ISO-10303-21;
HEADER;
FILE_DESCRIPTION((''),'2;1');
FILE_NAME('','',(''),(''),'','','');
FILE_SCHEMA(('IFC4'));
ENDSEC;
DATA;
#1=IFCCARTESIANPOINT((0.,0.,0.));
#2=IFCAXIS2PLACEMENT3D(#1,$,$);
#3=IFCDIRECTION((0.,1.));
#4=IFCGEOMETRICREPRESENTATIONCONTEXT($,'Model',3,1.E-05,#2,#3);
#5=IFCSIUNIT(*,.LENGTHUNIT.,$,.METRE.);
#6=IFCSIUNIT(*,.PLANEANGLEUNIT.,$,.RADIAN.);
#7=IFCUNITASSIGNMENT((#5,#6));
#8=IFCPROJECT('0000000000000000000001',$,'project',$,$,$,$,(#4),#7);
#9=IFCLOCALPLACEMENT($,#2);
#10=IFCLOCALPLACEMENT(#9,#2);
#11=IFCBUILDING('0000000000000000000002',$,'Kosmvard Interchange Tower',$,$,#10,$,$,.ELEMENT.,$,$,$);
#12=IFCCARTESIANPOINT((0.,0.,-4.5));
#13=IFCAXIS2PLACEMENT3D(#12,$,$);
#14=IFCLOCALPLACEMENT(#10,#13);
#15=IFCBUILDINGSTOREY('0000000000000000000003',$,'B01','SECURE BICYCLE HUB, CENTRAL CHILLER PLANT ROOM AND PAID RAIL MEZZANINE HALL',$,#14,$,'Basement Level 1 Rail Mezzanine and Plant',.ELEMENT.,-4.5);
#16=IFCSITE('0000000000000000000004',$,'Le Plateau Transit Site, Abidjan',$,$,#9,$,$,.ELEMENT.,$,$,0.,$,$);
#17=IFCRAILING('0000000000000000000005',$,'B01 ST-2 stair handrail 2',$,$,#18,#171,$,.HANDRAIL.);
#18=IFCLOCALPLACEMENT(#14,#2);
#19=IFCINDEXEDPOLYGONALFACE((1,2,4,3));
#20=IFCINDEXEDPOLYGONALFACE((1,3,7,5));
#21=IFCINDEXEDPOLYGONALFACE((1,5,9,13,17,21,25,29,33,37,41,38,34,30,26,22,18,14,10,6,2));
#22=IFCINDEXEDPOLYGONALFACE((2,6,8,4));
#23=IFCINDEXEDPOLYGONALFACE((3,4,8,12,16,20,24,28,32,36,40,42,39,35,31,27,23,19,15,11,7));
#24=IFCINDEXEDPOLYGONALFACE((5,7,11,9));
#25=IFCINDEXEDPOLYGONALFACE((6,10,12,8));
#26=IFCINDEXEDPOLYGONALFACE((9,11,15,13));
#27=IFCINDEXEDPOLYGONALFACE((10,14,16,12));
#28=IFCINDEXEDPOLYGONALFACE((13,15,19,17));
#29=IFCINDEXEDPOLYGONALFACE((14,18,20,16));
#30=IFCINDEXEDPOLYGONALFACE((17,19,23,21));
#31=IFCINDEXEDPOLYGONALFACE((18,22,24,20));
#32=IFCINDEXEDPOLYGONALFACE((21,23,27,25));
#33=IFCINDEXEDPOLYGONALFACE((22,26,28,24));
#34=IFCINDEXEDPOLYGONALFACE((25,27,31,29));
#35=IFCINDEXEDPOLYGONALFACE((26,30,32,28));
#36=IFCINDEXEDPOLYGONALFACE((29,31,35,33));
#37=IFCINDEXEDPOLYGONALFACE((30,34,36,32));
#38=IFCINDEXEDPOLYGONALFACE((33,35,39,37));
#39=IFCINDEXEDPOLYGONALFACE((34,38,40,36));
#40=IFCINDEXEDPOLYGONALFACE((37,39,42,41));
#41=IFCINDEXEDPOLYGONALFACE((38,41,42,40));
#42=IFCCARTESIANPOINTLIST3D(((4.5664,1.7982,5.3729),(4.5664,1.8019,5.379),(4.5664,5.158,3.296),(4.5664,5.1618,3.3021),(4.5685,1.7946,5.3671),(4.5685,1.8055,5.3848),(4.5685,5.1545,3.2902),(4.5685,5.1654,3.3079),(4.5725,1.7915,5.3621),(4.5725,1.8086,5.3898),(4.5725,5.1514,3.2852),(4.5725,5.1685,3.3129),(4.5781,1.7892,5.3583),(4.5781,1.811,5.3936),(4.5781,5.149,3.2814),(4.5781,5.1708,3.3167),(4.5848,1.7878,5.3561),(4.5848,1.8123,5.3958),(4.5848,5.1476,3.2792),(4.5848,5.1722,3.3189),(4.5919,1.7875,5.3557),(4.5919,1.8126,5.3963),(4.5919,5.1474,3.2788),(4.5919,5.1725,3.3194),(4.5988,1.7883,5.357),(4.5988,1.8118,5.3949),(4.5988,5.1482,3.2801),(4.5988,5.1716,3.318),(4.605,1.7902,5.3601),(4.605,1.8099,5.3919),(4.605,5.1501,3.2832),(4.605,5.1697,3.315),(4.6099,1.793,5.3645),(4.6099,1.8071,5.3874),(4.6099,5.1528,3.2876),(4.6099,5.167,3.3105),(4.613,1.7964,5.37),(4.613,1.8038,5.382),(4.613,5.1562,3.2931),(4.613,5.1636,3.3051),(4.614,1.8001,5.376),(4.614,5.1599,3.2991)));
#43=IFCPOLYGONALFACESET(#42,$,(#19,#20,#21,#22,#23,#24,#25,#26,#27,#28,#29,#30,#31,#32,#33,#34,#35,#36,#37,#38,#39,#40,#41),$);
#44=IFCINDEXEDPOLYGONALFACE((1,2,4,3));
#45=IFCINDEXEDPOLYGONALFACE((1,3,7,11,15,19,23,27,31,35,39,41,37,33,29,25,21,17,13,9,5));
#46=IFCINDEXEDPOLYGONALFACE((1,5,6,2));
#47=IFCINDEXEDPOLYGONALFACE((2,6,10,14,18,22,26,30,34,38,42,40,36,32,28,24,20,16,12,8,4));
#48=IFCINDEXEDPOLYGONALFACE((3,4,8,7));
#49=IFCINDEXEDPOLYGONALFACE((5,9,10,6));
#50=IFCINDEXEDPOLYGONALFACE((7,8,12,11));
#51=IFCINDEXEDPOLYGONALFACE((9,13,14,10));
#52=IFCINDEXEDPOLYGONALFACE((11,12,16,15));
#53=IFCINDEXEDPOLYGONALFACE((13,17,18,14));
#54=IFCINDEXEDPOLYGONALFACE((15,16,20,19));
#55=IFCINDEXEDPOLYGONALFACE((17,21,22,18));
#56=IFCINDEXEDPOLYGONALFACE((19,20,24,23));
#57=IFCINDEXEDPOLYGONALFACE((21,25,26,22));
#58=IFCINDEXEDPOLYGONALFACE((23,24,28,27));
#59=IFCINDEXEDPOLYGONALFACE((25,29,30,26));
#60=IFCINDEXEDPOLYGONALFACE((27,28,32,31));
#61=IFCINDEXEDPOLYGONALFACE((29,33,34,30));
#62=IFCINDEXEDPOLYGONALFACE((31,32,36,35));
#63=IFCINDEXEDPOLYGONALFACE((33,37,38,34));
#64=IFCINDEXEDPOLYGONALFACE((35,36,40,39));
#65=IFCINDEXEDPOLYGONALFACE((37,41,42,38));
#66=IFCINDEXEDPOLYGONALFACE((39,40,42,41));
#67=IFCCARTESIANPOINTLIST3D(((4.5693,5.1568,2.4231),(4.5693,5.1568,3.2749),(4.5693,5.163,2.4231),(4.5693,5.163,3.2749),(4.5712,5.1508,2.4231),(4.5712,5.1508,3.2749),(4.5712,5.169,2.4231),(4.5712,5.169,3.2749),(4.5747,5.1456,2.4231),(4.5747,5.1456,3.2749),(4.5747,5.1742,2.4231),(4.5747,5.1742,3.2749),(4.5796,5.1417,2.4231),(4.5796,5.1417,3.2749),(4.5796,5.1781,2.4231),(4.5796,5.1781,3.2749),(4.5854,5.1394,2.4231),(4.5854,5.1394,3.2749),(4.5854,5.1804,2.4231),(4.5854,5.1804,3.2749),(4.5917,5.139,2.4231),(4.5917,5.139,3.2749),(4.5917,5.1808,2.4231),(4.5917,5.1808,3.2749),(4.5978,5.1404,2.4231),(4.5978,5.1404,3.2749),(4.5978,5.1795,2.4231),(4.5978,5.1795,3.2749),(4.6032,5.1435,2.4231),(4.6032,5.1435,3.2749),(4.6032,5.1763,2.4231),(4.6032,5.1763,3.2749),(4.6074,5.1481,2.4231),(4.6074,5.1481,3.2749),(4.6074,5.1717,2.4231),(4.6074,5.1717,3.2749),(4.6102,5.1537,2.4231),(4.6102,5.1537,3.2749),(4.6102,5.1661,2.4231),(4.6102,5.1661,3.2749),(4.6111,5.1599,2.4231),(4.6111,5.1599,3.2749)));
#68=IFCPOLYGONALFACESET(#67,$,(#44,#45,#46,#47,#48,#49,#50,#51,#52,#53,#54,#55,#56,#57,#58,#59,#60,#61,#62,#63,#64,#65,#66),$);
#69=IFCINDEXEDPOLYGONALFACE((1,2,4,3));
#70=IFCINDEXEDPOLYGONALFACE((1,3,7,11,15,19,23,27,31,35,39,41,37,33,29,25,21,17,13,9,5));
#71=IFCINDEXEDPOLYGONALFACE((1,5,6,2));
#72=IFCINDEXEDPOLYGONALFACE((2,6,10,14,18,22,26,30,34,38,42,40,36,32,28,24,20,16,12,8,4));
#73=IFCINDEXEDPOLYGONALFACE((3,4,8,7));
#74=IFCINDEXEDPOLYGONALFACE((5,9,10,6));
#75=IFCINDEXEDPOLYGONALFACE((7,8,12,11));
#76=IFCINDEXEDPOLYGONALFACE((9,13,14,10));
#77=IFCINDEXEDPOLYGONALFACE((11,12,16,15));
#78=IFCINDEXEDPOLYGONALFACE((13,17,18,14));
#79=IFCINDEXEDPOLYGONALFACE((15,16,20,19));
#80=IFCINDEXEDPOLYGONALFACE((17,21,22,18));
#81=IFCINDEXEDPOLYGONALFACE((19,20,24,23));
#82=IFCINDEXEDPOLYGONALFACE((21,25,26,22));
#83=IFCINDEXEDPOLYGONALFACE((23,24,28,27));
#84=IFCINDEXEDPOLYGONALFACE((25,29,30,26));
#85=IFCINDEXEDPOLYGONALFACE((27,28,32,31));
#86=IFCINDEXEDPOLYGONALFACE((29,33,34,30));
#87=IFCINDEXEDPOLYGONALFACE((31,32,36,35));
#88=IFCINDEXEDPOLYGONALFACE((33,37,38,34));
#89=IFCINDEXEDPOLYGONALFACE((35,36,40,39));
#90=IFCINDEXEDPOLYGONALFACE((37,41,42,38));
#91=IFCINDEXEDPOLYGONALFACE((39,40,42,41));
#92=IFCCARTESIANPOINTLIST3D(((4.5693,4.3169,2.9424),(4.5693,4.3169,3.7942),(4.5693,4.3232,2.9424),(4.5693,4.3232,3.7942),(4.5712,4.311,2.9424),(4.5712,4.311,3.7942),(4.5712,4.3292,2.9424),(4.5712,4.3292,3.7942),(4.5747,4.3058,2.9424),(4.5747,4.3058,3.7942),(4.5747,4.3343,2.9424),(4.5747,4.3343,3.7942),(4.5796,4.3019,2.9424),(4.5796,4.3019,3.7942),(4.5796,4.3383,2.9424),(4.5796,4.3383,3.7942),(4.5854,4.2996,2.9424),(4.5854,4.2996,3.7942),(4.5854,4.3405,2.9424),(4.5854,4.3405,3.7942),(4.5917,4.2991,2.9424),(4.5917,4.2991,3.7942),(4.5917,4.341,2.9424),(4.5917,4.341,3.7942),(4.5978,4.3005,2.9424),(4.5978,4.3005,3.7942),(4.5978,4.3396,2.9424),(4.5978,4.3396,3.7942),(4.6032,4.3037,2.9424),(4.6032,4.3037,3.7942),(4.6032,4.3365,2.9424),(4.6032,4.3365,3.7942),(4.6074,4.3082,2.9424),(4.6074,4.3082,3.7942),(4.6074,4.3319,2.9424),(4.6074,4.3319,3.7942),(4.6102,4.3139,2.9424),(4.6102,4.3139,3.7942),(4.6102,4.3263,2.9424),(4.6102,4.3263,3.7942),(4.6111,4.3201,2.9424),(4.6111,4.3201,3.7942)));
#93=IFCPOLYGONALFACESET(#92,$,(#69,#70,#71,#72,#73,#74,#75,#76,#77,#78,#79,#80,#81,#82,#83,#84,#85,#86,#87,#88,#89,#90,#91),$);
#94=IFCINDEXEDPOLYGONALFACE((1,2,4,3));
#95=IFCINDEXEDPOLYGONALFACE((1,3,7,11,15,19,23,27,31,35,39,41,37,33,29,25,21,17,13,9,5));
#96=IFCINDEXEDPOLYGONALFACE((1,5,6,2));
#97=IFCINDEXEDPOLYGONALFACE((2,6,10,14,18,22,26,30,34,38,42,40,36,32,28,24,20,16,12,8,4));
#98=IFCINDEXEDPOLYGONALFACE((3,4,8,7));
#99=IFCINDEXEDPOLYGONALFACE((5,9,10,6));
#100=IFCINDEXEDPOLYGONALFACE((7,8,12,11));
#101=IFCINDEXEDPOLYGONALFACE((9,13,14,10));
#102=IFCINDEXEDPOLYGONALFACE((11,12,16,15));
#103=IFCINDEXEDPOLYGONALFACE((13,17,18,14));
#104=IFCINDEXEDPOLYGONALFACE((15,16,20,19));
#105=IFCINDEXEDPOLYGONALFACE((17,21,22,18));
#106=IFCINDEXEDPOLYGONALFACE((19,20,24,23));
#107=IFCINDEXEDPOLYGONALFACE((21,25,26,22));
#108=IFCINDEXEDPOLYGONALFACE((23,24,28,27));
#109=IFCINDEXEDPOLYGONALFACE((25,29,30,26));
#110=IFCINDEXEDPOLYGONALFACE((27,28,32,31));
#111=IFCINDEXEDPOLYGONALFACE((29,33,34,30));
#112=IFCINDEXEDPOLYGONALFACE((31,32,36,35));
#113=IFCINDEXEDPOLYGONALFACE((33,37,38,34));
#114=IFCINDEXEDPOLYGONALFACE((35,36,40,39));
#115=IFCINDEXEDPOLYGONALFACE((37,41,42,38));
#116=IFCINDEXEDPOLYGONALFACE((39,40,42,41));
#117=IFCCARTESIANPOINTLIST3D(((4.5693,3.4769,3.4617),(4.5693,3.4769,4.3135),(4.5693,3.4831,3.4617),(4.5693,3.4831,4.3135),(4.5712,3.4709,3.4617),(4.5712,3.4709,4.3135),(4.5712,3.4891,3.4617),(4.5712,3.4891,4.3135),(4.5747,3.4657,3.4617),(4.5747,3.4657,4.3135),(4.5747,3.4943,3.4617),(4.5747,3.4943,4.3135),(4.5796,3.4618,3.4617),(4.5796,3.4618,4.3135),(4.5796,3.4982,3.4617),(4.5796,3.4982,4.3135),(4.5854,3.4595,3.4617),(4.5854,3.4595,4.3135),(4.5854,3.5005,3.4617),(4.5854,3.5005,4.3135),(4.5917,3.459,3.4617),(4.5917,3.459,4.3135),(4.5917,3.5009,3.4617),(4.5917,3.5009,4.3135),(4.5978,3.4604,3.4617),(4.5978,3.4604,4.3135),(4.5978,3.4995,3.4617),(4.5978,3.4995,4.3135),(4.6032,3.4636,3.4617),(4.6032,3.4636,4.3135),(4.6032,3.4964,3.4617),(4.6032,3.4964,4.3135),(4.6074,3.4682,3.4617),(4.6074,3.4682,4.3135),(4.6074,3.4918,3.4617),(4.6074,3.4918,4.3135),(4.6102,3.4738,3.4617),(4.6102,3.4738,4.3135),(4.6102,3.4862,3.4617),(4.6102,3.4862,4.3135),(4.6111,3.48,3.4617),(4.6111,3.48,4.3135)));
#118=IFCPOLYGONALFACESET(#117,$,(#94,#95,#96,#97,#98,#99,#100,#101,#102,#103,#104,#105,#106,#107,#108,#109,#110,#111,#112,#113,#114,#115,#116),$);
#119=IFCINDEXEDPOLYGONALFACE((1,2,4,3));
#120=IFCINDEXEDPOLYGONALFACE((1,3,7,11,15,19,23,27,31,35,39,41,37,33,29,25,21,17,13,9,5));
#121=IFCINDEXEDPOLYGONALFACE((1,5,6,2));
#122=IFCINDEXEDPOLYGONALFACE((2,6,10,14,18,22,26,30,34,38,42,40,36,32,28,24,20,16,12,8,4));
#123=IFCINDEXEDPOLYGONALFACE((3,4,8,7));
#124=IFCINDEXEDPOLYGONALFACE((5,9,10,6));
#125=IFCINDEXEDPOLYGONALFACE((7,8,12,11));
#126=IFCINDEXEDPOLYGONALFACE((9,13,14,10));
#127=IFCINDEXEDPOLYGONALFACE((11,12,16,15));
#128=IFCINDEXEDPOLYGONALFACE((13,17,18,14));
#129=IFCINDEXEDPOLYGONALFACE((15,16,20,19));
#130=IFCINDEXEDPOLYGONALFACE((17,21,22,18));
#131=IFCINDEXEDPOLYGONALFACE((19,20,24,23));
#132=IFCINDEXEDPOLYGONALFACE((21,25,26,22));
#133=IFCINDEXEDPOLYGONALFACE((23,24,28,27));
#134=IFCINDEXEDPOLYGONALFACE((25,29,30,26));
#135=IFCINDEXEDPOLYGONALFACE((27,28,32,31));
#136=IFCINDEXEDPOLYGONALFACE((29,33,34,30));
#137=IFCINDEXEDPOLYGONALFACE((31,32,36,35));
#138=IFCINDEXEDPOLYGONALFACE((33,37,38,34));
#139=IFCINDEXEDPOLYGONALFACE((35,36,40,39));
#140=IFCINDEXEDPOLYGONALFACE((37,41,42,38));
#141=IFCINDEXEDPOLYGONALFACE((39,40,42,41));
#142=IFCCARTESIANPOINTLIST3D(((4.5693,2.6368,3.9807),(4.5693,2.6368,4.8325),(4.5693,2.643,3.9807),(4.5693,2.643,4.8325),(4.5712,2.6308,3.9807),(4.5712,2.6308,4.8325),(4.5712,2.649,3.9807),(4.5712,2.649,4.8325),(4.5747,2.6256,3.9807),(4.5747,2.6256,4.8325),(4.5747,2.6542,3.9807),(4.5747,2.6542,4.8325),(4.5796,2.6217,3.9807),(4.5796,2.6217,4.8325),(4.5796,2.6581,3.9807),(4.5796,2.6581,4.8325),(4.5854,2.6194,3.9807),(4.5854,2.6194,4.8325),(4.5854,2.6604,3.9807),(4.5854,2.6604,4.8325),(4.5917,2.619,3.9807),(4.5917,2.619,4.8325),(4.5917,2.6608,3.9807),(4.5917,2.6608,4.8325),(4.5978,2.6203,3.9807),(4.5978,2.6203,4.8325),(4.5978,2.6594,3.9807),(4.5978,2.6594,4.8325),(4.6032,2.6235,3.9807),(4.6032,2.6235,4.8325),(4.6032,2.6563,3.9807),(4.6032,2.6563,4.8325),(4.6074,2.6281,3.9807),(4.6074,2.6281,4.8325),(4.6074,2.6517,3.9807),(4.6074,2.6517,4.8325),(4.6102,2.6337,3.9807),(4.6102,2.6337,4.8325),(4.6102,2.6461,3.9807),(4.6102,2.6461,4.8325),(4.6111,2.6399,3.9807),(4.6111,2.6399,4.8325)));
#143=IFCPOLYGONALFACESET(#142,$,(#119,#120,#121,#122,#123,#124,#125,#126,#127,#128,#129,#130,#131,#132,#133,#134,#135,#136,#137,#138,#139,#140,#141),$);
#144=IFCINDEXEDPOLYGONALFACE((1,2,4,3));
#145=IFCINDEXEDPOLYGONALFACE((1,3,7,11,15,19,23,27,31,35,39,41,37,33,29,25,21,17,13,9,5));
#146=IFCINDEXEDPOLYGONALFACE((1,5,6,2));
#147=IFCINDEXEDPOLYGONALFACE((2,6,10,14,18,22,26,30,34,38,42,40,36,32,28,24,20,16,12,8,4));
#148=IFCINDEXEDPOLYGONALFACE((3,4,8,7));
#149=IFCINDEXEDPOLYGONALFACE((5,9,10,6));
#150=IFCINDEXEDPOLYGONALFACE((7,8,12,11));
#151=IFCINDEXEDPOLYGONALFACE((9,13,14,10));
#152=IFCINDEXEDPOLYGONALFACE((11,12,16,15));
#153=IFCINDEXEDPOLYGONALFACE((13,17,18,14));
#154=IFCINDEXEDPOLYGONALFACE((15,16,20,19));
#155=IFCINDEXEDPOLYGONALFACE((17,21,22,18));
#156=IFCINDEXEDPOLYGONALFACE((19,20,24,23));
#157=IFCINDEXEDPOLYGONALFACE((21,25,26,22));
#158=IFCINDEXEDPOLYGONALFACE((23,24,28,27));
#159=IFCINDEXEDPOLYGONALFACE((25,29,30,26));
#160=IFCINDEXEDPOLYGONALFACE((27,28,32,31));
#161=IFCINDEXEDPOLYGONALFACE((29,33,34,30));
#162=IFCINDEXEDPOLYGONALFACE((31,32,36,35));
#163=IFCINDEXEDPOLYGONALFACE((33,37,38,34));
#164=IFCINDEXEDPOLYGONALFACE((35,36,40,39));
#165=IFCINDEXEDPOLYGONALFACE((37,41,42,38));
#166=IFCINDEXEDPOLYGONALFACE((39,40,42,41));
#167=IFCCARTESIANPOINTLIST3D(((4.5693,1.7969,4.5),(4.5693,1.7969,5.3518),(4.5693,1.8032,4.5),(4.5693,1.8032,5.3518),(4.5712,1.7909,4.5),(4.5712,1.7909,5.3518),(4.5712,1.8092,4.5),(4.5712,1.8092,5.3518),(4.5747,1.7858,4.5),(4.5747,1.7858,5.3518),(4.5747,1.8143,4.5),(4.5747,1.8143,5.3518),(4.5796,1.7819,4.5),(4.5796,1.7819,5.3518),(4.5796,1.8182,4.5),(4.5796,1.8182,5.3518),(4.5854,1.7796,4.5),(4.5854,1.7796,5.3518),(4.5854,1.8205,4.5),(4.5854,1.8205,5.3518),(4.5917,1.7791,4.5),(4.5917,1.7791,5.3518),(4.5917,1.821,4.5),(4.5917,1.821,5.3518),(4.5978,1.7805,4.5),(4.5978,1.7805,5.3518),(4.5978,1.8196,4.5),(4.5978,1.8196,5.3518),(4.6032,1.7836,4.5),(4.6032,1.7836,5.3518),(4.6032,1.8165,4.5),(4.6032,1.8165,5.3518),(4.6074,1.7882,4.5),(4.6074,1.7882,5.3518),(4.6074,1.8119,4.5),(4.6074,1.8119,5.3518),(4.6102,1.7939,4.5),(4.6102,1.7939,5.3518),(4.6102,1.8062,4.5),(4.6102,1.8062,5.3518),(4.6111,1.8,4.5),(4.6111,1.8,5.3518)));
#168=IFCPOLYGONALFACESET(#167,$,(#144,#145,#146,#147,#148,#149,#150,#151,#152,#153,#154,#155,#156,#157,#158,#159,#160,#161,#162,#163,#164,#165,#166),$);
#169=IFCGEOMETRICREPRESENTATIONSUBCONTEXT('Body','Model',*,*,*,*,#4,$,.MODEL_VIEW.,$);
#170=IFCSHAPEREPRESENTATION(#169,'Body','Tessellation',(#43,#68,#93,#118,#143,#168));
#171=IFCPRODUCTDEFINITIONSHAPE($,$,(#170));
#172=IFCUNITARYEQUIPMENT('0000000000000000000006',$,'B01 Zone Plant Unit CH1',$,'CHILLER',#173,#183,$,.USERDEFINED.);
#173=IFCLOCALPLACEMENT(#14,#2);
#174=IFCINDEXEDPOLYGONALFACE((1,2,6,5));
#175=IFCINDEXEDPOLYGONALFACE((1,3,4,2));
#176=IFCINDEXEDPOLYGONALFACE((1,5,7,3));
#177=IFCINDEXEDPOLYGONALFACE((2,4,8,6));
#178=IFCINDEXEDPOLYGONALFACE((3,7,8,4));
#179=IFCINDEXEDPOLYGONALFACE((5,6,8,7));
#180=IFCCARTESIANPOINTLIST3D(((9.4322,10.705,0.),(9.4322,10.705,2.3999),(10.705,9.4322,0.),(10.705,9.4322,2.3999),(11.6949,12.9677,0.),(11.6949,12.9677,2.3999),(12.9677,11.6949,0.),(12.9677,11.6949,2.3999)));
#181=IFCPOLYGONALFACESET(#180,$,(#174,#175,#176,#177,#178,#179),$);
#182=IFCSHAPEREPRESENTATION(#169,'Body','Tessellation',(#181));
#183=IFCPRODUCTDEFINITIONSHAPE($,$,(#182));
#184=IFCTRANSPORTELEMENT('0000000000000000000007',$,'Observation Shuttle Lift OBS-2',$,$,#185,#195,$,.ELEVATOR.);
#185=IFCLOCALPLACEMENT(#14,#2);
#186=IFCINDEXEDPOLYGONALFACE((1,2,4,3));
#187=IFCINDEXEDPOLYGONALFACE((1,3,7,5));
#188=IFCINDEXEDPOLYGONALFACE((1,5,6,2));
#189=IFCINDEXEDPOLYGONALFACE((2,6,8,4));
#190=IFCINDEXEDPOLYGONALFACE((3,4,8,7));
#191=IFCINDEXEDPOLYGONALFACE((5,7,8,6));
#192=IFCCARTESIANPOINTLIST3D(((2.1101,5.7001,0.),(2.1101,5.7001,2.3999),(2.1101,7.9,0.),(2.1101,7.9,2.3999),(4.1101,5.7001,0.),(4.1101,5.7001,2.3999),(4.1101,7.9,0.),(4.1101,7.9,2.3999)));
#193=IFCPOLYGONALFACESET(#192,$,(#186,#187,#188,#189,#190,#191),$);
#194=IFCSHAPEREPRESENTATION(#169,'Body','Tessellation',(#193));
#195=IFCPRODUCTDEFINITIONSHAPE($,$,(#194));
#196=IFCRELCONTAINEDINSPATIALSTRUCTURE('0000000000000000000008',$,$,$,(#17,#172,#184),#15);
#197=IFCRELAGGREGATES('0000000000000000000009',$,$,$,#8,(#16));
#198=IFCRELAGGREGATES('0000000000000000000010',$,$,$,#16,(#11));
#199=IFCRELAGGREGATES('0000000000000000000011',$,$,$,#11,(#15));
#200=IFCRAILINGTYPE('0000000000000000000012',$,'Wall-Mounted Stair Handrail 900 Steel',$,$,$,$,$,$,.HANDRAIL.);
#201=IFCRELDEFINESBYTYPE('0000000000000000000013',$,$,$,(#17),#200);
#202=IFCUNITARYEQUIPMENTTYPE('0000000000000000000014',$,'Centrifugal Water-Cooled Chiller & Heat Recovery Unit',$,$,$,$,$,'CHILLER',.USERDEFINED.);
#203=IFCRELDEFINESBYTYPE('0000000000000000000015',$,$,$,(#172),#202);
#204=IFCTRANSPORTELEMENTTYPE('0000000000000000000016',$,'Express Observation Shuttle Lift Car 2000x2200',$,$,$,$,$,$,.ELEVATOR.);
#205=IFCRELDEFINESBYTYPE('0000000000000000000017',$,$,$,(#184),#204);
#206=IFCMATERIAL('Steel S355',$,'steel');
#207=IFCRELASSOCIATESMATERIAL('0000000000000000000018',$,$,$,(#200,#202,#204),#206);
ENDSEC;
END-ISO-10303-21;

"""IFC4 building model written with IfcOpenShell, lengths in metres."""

from ifc_helpers import new_model, si_unit, direction, frame, origin, origin_2d, place, context, subcontext, project, spatial, rectangle, circle, extrude, source, transform, mapped, material, type_object, element, save


model = new_model("IFC4")

# Units and contexts
model_context = context("Model", 3, precision=1e-05, world=origin(), true_north=direction((0.0, 1.0)))
body_context = subcontext(model_context, "Body", "Model", "MODEL_VIEW")
ifc_project = project(units=[si_unit("LENGTHUNIT", "METRE"), si_unit("PLANEANGLEUNIT", "RADIAN")], contexts=[model_context])

# Site, building, storey
site_placement = place(None, origin())
site = spatial("IfcSite", under=ifc_project, at=site_placement, Name="Le Plateau Transit Site, Abidjan", CompositionType="ELEMENT", RefElevation=0.0)
building_placement = place(site_placement, origin())
building = spatial("IfcBuilding", under=site, at=building_placement, Name="Kosmvard Interchange Tower", CompositionType="ELEMENT")
storey_placement = place(building_placement, frame((0.0, 0.0, -4.5)))
storey = spatial("IfcBuildingStorey", under=building, at=storey_placement, Name="B01", Description="SECURE BICYCLE HUB, CENTRAL CHILLER PLANT ROOM AND PAID RAIL MEZZANINE HALL", LongName="Basement Level 1 Rail Mezzanine and Plant", CompositionType="ELEMENT", Elevation=-4.5)

# Shared definitions
ifc_material_1 = material(Name="Steel S355", Category="steel")

# Railing
railing_type_1 = type_object("IfcRailingType", Name="Wall-Mounted Stair Handrail 900 Steel", PredefinedType="HANDRAIL", material=ifc_material_1)
shared_shape_1 = source(origin(), body_context, "Body", "SweptSolid", [
    extrude(circle(Radius=0.0239, at=origin_2d()), frame((0.0, 0.0, 0.876), z_axis=(0.0, -0.850606, 0.525803), x_axis=(1.0, 0.0, 0.0)), (0.0, 0.0, 1.0), 3.95),
    extrude(circle(Radius=0.021, at=origin_2d()), origin(), (0.0, 0.0, 1.0), 0.8518),
    extrude(circle(Radius=0.021, at=origin_2d()), frame((0.0, -0.8398, 0.5193)), (0.0, 0.0, 1.0), 0.8518),
    extrude(circle(Radius=0.021, at=origin_2d()), frame((0.0, -1.6799, 1.0386)), (0.0, 0.0, 1.0), 0.8518),
    extrude(circle(Radius=0.021, at=origin_2d()), frame((0.0, -2.52, 1.5576)), (0.0, 0.0, 1.0), 0.8518),
    extrude(circle(Radius=0.021, at=origin_2d()), frame((0.0, -3.3599, 2.0769)), (0.0, 0.0, 1.0), 0.8518),
])
railing_1_placement = place(storey_placement, frame((4.5901, 5.1599, 2.4231)))
element("IfcRailing", 1, at=railing_1_placement, inside=storey, type_object=railing_type_1, Name="B01 ST-2 stair handrail 2", PredefinedType="HANDRAIL", context=body_context, shape_type="MappedRepresentation", body=[
    mapped(shared_shape_1, transform((0.0, 0.0, 0.0), scale=1.0)),
])

# Unitary equipment
unitary_equipment_type = type_object("IfcUnitaryEquipmentType", Name="Centrifugal Water-Cooled Chiller & Heat Recovery Unit", ElementType="CHILLER", PredefinedType="USERDEFINED", material=ifc_material_1)
shared_shape_2 = source(origin(), body_context, "Body", "SweptSolid", [
    extrude(rectangle(XDim=3.2, YDim=1.8, at=origin_2d()), origin(), (0.0, 0.0, 1.0), 2.3999),
])
unitary_equipment_placement = place(storey_placement, frame((11.2, 11.2, 0.0), z_axis=(0.0, 0.0, 1.0), x_axis=(0.707107, 0.707107, 0.0)))
element("IfcUnitaryEquipment", 2, at=unitary_equipment_placement, inside=storey, type_object=unitary_equipment_type, Name="B01 Zone Plant Unit CH1", ObjectType="CHILLER", PredefinedType="USERDEFINED", context=body_context, shape_type="MappedRepresentation", body=[
    mapped(shared_shape_2, transform((0.0, 0.0, 0.0), scale=1.0)),
])

# Transport element
transport_element_type = type_object("IfcTransportElementType", Name="Express Observation Shuttle Lift Car 2000x2200", PredefinedType="ELEVATOR", material=ifc_material_1)
shared_shape_3 = source(origin(), body_context, "Body", "SweptSolid", [
    extrude(rectangle(XDim=2.0, YDim=2.2, at=origin_2d()), origin(), (0.0, 0.0, 1.0), 2.3999),
])
transport_element_placement = place(storey_placement, frame((3.1101, 6.8, 0.0), z_axis=(0.0, 0.0, 1.0), x_axis=(1.0, 0.0, 0.0)))
element("IfcTransportElement", 3, at=transport_element_placement, inside=storey, type_object=transport_element_type, Name="Observation Shuttle Lift OBS-2", PredefinedType="ELEVATOR", context=body_context, shape_type="MappedRepresentation", body=[
    mapped(shared_shape_3, transform((0.0, 0.0, 0.0), scale=1.0)),
])

save(model, "model.ifc")
